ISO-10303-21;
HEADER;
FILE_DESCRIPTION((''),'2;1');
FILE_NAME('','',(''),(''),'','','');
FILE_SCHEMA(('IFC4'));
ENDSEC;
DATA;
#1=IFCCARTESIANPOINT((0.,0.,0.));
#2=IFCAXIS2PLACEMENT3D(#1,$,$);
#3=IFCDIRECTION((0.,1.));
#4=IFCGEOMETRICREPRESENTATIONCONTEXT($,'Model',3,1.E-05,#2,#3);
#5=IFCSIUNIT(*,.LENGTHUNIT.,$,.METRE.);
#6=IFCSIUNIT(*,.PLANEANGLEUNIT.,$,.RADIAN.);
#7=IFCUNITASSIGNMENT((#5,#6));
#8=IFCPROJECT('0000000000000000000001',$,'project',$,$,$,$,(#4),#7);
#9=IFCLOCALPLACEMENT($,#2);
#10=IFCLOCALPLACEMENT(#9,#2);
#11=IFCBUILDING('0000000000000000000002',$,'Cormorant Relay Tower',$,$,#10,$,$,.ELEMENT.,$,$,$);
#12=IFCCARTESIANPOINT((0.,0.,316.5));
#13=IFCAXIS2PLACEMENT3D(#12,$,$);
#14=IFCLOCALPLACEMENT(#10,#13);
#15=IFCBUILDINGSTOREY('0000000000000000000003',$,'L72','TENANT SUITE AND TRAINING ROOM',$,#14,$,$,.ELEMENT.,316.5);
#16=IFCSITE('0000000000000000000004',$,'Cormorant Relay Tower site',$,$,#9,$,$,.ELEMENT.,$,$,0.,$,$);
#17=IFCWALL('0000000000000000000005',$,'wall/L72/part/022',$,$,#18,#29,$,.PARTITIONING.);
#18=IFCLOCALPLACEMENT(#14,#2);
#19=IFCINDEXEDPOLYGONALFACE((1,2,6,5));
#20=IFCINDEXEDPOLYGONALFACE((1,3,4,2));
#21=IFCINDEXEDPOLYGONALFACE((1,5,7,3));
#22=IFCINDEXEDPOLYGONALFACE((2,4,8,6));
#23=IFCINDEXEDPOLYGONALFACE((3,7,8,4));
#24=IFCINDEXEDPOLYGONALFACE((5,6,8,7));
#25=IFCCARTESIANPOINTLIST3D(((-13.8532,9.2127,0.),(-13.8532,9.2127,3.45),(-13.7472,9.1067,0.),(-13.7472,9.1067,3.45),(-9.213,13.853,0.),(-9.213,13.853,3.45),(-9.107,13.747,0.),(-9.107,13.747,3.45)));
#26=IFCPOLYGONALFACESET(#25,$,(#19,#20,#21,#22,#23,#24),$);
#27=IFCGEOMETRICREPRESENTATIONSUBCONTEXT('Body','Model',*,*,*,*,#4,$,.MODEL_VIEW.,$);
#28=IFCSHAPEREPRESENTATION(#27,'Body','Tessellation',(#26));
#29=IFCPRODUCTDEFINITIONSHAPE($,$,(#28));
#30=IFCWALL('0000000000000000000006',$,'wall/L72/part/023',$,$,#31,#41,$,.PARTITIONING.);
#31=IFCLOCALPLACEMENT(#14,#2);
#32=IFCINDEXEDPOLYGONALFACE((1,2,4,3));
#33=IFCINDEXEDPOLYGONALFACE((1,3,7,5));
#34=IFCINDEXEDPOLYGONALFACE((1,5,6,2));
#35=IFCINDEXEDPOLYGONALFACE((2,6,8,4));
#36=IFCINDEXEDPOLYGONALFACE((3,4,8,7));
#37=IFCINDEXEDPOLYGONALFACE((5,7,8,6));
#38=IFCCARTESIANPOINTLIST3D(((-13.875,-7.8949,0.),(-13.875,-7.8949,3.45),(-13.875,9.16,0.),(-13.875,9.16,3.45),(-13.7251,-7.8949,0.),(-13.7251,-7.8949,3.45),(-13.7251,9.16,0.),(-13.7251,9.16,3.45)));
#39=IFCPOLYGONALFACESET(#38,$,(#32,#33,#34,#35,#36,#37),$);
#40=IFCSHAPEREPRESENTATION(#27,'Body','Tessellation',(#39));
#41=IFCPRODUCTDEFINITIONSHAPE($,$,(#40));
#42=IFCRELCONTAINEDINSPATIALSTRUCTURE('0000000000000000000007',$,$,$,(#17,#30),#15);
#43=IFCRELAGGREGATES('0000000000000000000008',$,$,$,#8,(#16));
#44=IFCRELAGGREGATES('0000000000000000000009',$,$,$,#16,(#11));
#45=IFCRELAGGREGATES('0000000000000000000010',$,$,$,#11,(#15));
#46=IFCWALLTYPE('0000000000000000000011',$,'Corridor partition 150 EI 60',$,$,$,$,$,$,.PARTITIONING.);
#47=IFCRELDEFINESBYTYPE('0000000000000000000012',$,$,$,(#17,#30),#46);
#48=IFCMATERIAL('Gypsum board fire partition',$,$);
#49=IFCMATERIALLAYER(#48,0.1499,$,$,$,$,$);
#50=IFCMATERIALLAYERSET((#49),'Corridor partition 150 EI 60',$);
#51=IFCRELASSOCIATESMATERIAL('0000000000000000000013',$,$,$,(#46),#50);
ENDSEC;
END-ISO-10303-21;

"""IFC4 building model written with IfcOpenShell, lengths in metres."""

from ifc_helpers import new_model, si_unit, direction, frame, frame_2d, origin, place, context, subcontext, project, spatial, rectangle, extrude, material, layer, layer_set, type_object, element, save


model = new_model("IFC4")

# Units and contexts
model_context = context("Model", 3, precision=1e-05, world=origin(), true_north=direction((0.0, 1.0)))
body_context = subcontext(model_context, "Body", "Model", "MODEL_VIEW")
ifc_project = project(units=[si_unit("LENGTHUNIT", "METRE"), si_unit("PLANEANGLEUNIT", "RADIAN")], contexts=[model_context])

# Site, building, storey
site_placement = place(None, origin())
site = spatial("IfcSite", under=ifc_project, at=site_placement, Name="Cormorant Relay Tower site", CompositionType="ELEMENT", RefElevation=0.0)
building_placement = place(site_placement, origin())
building = spatial("IfcBuilding", under=site, at=building_placement, Name="Cormorant Relay Tower", CompositionType="ELEMENT")
storey_placement = place(building_placement, frame((0.0, 0.0, 316.5)))
storey = spatial("IfcBuildingStorey", under=building, at=storey_placement, Name="L72", Description="TENANT SUITE AND TRAINING ROOM", CompositionType="ELEMENT", Elevation=316.5)

# Walls
ifc_material_1 = material(Name="Gypsum board fire partition")
ifc_layer_1 = layer(ifc_material_1, 0.1499)
ifc_layer_set_1 = layer_set([ifc_layer_1], Name="Corridor partition 150 EI 60")
wall_type_1 = type_object("IfcWallType", Name="Corridor partition 150 EI 60", PredefinedType="PARTITIONING", material=ifc_layer_set_1)
wall_1_placement = place(storey_placement, frame((-9.1599, 13.8, 0.0), z_axis=(0.0, 0.0, 1.0), x_axis=(-0.707107, -0.707107, 0.0)))
element("IfcWall", 1, at=wall_1_placement, inside=storey, type_object=wall_type_1, Name="wall/L72/part/022", PredefinedType="PARTITIONING", context=body_context, shape_type="SweptSolid", body=[
    extrude(rectangle(XDim=6.5623, YDim=0.1499, at=frame_2d((3.2812, 0.0))), origin(), (0.0, 0.0, 1.0), 3.45),
])
wall_2_placement = place(storey_placement, frame((-13.8, 9.1599, 0.0), z_axis=(0.0, 0.0, 1.0), x_axis=(0.0, -1.0, 0.0)))
element("IfcWall", 2, at=wall_2_placement, inside=storey, type_object=wall_type_1, Name="wall/L72/part/023", PredefinedType="PARTITIONING", context=body_context, shape_type="SweptSolid", body=[
    extrude(rectangle(XDim=17.0549, YDim=0.1499, at=frame_2d((8.5273, 0.0))), origin(), (0.0, 0.0, 1.0), 3.45),
])

save(model, "model.ifc")
